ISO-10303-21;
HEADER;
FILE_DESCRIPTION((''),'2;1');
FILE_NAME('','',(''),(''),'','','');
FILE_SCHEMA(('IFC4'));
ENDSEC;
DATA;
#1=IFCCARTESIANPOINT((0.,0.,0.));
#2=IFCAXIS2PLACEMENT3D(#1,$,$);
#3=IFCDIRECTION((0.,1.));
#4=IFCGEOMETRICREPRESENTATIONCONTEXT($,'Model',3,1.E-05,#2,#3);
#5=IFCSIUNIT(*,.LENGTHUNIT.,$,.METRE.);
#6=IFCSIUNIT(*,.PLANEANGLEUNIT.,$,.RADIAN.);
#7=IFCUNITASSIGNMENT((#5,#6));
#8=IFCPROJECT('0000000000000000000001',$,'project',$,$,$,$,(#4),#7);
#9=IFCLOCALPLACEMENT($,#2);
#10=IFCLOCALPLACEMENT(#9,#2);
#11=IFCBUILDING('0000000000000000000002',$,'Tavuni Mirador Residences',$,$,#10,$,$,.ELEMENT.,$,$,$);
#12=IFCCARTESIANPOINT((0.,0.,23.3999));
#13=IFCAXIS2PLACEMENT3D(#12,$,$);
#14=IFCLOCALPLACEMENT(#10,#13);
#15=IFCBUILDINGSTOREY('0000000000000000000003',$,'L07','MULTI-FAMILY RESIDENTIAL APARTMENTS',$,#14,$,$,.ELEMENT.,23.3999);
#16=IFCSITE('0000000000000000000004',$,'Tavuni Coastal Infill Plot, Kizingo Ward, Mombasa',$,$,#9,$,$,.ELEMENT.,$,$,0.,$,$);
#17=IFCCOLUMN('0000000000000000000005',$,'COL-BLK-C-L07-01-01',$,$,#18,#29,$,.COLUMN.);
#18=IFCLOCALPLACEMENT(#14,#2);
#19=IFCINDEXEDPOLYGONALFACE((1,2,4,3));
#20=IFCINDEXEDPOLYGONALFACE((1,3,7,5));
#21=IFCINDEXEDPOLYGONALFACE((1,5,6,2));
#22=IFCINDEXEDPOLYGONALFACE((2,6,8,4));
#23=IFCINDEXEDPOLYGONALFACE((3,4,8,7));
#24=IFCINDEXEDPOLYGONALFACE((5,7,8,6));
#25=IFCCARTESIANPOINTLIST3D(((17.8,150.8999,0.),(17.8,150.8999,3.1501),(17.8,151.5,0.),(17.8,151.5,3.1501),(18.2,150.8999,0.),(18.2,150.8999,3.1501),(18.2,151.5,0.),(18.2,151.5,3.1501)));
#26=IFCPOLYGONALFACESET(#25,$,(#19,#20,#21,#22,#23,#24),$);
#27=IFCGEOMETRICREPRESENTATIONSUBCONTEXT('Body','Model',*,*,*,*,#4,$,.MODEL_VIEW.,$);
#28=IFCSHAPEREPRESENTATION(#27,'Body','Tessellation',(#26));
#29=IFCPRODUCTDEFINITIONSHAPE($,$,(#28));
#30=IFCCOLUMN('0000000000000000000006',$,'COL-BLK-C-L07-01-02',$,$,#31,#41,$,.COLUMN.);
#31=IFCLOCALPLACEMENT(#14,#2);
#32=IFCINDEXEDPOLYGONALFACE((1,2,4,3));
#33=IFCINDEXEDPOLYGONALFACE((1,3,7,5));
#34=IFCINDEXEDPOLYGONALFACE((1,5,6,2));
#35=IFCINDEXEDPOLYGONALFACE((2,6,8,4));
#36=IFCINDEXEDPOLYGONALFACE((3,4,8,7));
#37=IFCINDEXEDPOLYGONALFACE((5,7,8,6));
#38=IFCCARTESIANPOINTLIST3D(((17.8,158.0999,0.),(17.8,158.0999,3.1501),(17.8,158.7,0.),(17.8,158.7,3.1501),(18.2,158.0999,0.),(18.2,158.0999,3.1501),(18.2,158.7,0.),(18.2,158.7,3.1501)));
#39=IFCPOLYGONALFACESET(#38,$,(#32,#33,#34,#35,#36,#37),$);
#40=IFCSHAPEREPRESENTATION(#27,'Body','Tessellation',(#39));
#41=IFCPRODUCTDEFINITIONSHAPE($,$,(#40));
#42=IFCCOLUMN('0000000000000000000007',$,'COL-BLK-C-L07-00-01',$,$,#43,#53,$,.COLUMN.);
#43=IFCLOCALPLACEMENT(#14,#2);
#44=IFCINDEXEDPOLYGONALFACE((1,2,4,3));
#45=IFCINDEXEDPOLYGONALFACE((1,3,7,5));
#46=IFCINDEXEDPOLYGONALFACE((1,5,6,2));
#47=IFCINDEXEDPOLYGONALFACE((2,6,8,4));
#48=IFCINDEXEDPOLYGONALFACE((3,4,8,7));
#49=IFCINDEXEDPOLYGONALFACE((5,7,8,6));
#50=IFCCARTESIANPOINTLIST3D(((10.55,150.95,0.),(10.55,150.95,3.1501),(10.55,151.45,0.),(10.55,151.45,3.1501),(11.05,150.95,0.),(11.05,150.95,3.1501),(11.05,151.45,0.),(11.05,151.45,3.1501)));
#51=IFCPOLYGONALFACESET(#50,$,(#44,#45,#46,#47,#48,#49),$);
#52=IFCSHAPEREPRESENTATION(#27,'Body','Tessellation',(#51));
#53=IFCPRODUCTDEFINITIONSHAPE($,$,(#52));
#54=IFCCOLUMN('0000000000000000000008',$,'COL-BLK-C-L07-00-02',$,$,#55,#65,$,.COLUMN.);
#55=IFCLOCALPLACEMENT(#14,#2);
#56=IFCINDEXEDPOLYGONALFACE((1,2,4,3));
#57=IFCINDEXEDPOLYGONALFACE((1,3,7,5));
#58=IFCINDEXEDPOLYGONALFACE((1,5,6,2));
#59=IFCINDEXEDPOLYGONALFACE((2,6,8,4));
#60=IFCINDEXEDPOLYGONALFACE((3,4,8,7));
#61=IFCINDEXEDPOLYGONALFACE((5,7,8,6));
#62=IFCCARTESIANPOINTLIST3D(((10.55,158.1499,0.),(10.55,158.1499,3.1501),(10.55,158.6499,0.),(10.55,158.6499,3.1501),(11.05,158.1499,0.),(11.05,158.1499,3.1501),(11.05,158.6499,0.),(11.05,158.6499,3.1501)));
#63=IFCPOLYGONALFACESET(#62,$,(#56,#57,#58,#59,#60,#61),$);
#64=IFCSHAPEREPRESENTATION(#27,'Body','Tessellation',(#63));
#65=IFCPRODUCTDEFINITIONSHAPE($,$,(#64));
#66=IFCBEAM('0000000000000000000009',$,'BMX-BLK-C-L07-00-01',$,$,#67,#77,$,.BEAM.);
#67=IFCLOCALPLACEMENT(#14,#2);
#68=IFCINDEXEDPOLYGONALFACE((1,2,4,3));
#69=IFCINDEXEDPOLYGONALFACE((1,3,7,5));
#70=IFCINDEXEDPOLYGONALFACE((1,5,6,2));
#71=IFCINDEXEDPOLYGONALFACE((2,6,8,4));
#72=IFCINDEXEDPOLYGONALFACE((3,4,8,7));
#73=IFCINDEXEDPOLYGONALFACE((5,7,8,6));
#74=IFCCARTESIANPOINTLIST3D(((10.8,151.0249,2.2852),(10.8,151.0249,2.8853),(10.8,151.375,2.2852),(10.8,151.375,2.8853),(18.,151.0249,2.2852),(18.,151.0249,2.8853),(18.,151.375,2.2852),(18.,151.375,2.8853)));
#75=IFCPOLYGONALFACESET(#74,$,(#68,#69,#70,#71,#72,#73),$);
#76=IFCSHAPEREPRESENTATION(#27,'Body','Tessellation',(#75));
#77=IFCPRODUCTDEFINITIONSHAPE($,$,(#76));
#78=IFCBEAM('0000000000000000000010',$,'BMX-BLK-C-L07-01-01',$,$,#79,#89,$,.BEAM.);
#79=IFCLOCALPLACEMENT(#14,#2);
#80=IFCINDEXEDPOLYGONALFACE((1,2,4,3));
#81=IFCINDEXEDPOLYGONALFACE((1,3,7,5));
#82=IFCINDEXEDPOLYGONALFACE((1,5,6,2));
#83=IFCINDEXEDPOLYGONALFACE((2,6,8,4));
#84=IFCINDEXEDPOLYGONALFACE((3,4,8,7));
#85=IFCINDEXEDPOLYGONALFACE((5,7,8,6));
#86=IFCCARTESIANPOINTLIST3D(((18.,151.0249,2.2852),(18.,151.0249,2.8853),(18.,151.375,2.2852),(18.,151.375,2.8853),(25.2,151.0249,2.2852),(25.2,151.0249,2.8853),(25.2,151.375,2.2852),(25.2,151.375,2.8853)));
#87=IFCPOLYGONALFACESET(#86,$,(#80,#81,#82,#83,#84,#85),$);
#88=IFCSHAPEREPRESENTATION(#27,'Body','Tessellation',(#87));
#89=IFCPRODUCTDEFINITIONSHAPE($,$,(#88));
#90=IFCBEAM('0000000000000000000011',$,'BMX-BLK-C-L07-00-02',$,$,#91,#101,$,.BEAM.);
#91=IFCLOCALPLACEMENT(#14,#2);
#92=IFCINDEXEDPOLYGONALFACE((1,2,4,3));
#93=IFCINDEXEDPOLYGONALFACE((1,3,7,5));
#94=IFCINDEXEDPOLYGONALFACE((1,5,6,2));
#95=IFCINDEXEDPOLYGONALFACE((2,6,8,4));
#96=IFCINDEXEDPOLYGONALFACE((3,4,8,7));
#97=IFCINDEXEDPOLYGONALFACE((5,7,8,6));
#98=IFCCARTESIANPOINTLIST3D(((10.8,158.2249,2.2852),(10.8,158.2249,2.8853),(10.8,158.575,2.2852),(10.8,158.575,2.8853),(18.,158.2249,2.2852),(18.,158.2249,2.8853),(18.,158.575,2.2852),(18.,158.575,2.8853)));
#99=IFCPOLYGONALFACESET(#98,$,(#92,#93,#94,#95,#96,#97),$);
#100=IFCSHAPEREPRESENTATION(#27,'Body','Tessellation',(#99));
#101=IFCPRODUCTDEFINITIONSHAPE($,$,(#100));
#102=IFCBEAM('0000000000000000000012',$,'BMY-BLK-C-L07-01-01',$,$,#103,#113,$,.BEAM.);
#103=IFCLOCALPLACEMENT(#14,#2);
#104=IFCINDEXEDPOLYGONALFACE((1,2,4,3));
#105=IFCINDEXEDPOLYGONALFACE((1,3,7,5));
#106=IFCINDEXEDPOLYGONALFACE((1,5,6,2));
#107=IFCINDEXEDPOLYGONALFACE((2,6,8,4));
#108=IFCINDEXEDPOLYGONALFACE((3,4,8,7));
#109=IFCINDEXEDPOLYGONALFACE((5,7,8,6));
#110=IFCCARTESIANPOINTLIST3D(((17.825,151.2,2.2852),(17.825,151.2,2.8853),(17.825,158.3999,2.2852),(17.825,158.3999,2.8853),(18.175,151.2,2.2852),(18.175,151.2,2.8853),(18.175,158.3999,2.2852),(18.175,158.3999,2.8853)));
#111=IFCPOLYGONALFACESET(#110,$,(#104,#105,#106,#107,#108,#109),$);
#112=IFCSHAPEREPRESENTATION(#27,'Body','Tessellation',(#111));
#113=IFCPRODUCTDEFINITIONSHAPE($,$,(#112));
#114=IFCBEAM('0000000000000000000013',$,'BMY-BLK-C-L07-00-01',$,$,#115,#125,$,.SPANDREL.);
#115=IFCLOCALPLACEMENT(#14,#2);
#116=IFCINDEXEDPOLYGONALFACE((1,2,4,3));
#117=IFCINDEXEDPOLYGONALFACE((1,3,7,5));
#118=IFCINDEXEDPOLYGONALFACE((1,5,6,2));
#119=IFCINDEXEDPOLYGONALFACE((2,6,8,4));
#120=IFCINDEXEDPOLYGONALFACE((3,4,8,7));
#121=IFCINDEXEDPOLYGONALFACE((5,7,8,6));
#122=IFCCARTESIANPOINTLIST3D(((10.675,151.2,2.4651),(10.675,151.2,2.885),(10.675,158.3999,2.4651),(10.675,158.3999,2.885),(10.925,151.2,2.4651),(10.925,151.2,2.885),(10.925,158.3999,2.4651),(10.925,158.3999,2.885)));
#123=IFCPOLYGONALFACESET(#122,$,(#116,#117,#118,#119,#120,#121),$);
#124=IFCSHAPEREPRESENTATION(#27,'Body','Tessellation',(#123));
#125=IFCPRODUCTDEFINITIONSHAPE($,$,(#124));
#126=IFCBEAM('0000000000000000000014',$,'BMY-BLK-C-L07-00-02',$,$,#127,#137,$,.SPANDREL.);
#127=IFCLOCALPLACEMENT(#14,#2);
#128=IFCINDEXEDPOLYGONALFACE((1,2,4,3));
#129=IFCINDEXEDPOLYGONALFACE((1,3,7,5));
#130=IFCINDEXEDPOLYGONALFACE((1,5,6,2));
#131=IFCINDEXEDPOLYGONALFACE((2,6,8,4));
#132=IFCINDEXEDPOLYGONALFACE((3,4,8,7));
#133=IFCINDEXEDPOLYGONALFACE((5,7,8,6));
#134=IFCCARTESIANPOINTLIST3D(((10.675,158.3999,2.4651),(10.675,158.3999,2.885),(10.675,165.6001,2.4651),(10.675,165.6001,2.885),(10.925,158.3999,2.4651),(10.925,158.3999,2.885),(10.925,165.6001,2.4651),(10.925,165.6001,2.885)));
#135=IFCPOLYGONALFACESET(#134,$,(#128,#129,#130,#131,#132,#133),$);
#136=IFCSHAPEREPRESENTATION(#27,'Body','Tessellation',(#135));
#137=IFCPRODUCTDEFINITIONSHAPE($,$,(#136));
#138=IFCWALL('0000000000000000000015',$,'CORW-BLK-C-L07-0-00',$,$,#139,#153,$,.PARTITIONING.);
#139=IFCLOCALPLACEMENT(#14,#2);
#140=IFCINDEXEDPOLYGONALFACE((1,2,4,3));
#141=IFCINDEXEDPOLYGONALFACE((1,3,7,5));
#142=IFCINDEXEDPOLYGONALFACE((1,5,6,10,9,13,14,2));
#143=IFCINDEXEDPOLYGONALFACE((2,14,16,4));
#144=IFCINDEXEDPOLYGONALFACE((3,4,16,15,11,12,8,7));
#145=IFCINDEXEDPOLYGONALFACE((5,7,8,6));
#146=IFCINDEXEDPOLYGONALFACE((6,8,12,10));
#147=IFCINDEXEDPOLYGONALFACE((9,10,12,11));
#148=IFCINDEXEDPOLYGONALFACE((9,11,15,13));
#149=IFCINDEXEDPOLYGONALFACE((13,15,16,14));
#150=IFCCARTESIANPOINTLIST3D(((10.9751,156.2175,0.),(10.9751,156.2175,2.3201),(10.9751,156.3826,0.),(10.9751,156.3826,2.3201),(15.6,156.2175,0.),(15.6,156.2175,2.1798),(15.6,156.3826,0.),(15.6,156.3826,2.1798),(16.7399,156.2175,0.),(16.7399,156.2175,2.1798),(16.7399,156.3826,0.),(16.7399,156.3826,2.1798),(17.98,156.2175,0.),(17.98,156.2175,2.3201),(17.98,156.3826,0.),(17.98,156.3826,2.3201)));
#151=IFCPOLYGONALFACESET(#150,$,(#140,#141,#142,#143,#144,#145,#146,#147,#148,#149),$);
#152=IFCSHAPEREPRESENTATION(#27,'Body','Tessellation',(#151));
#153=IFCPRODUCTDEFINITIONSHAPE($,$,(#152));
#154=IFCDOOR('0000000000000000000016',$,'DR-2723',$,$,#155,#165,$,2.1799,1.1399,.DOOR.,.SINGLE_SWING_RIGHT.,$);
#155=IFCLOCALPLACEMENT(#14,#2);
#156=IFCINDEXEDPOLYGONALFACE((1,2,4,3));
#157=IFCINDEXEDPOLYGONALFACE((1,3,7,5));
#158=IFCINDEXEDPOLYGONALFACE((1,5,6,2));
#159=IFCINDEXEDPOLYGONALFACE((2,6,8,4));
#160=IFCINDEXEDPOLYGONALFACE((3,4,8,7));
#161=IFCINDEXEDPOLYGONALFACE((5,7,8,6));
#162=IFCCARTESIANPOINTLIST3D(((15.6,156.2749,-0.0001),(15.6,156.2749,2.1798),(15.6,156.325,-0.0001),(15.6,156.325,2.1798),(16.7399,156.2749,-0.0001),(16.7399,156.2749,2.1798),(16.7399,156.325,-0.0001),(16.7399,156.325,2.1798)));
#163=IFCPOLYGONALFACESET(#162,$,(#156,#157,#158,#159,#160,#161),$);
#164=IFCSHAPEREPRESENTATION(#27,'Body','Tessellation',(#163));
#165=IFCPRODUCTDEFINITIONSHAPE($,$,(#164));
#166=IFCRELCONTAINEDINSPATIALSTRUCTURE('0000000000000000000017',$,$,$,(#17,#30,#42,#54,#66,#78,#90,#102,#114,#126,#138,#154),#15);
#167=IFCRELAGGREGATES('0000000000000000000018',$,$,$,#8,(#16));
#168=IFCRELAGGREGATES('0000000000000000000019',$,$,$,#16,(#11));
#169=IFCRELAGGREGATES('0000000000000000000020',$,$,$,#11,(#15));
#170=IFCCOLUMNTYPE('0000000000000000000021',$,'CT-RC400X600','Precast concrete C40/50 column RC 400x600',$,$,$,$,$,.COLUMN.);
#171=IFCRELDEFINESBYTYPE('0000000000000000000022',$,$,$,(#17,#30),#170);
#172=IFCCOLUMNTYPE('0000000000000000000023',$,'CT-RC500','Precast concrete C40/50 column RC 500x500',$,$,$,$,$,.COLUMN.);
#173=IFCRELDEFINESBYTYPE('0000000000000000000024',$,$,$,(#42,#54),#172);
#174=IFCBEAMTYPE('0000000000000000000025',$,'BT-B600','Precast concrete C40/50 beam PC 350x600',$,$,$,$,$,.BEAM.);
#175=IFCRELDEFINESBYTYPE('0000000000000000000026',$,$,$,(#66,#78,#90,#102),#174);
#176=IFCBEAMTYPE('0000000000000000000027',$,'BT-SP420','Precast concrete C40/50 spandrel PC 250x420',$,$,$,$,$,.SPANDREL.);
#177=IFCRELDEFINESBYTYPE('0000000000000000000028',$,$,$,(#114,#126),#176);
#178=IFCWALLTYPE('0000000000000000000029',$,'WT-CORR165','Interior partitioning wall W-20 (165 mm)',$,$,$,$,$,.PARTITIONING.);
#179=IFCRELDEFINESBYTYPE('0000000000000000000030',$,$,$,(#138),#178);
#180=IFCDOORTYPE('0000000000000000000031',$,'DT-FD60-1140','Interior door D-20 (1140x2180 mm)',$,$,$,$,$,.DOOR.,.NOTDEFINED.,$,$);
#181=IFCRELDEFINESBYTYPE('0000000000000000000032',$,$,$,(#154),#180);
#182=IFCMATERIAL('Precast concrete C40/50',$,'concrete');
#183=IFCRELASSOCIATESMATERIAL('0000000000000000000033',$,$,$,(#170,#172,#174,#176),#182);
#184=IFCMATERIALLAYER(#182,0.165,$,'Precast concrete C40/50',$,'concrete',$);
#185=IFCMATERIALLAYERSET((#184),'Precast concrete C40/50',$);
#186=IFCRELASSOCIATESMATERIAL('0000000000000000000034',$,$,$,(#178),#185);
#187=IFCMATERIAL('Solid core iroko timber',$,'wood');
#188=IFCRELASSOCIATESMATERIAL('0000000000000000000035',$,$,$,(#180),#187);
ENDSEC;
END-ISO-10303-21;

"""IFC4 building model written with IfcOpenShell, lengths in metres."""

from ifc_helpers import new_model, si_unit, direction, frame, frame_2d, origin, origin_2d, place, context, subcontext, project, spatial, rectangle, extrude, material, layer, layer_set, material_profile, profile_set, type_object, element, fill, save


model = new_model("IFC4")

# Units and contexts
model_context = context("Model", 3, precision=1e-05, world=origin(), true_north=direction((0.0, 1.0)))
body_context = subcontext(model_context, "Body", "Model", "MODEL_VIEW")
ifc_project = project(units=[si_unit("LENGTHUNIT", "METRE"), si_unit("PLANEANGLEUNIT", "RADIAN")], contexts=[model_context])

# Site, building, storey
site_placement = place(None, origin())
site = spatial("IfcSite", under=ifc_project, at=site_placement, Name="Tavuni Coastal Infill Plot, Kizingo Ward, Mombasa", CompositionType="ELEMENT", RefElevation=0.0)
building_placement = place(site_placement, origin())
building = spatial("IfcBuilding", under=site, at=building_placement, Name="Tavuni Mirador Residences", CompositionType="ELEMENT")
storey_placement = place(building_placement, frame((0.0, 0.0, 23.3999)))
storey = spatial("IfcBuildingStorey", under=building, at=storey_placement, Name="L07", Description="MULTI-FAMILY RESIDENTIAL APARTMENTS", CompositionType="ELEMENT", Elevation=23.3999)

# Columns
ifc_material_1 = material(Name="Precast concrete C40/50", Category="concrete")
ifc_material_profile_1 = material_profile(ifc_material_1, rectangle(XDim=0.3999, YDim=0.6001, at=origin_2d()), Name="RC 400x600", Category="concrete")
ifc_profile_set_1 = profile_set([ifc_material_profile_1], Name="Precast concrete C40/50")
column_type_1 = type_object("IfcColumnType", Name="CT-RC400X600", Description="Precast concrete C40/50 column RC 400x600", PredefinedType="COLUMN", material=ifc_profile_set_1)
for number, where, z_axis, x_axis, name in (
    (1, (18.0, 151.2, 0.0), (0.0, 0.0, 1.0), (1.0, 0.0, 0.0), "COL-BLK-C-L07-01-01"),
    (2, (18.0, 158.3999, 0.0), (0.0, 0.0, 1.0), (1.0, 0.0, 0.0), "COL-BLK-C-L07-01-02"),
):
    element("IfcColumn", number, at=place(storey_placement, frame(where, z_axis=z_axis, x_axis=x_axis)), inside=storey, type_object=column_type_1, Name=name, PredefinedType="COLUMN", context=body_context, shape_type="SweptSolid", body=[
        extrude(rectangle(XDim=0.3999, YDim=0.6001, at=origin_2d()), origin(), (0.0, 0.0, 1.0), 3.1501),
    ])
ifc_material_profile_2 = material_profile(ifc_material_1, rectangle(XDim=0.5, YDim=0.5, at=origin_2d()), Name="RC 500x500", Category="concrete")
ifc_profile_set_2 = profile_set([ifc_material_profile_2], Name="Precast concrete C40/50")
column_type_2 = type_object("IfcColumnType", Name="CT-RC500", Description="Precast concrete C40/50 column RC 500x500", PredefinedType="COLUMN", material=ifc_profile_set_2)
for number, where, z_axis, x_axis, name in (
    (3, (10.8, 151.2, 0.0), (0.0, 0.0, 1.0), (1.0, 0.0, 0.0), "COL-BLK-C-L07-00-01"),
    (4, (10.8, 158.3999, 0.0), (0.0, 0.0, 1.0), (1.0, 0.0, 0.0), "COL-BLK-C-L07-00-02"),
):
    element("IfcColumn", number, at=place(storey_placement, frame(where, z_axis=z_axis, x_axis=x_axis)), inside=storey, type_object=column_type_2, Name=name, PredefinedType="COLUMN", context=body_context, shape_type="SweptSolid", body=[
        extrude(rectangle(XDim=0.5, YDim=0.5, at=origin_2d()), origin(), (0.0, 0.0, 1.0), 3.1501),
    ])

# Beams
ifc_material_profile_3 = material_profile(ifc_material_1, rectangle(XDim=0.3501, YDim=0.6001, at=origin_2d()), Name="PC 350x600", Category="concrete")
ifc_profile_set_3 = profile_set([ifc_material_profile_3], Name="Precast concrete C40/50")
beam_type_1 = type_object("IfcBeamType", Name="BT-B600", Description="Precast concrete C40/50 beam PC 350x600", PredefinedType="BEAM", material=ifc_profile_set_3)
for number, where, z_axis, x_axis, name in (
    (5, (10.8, 151.2, 2.5852), (1.0, 0.0, 0.0), (0.0, 1.0, 0.0), "BMX-BLK-C-L07-00-01"),
    (6, (18.0, 151.2, 2.5852), (1.0, 0.0, 0.0), (0.0, 1.0, 0.0), "BMX-BLK-C-L07-01-01"),
    (7, (10.8, 158.3999, 2.5852), (1.0, 0.0, 0.0), (0.0, 1.0, 0.0), "BMX-BLK-C-L07-00-02"),
    (8, (18.0, 151.2, 2.5852), (0.0, 1.0, 0.0), (-1.0, 0.0, 0.0), "BMY-BLK-C-L07-01-01"),
):
    element("IfcBeam", number, at=place(storey_placement, frame(where, z_axis=z_axis, x_axis=x_axis)), inside=storey, type_object=beam_type_1, Name=name, PredefinedType="BEAM", context=body_context, shape_type="SweptSolid", body=[
        extrude(rectangle(XDim=0.3501, YDim=0.6001, at=origin_2d()), origin(), (0.0, 0.0, 1.0), 7.2),
    ])
ifc_material_profile_4 = material_profile(ifc_material_1, rectangle(XDim=0.25, YDim=0.4199, at=origin_2d()), Name="PC 250x420", Category="concrete")
ifc_profile_set_4 = profile_set([ifc_material_profile_4], Name="Precast concrete C40/50")
beam_type_2 = type_object("IfcBeamType", Name="BT-SP420", Description="Precast concrete C40/50 spandrel PC 250x420", PredefinedType="SPANDREL", material=ifc_profile_set_4)
beam_1_placement = place(storey_placement, frame((10.8, 151.2, 2.675), z_axis=(0.0, 1.0, 0.0), x_axis=(-1.0, 0.0, 0.0)))
element("IfcBeam", 9, at=beam_1_placement, inside=storey, type_object=beam_type_2, Name="BMY-BLK-C-L07-00-01", PredefinedType="SPANDREL", context=body_context, shape_type="SweptSolid", body=[
    extrude(rectangle(XDim=0.25, YDim=0.4199, at=origin_2d()), origin(), (0.0, 0.0, 1.0), 7.2),
])
beam_2_placement = place(storey_placement, frame((10.8, 158.3999, 2.675), z_axis=(0.0, 1.0, 0.0), x_axis=(-1.0, 0.0, 0.0)))
element("IfcBeam", 10, at=beam_2_placement, inside=storey, type_object=beam_type_2, Name="BMY-BLK-C-L07-00-02", PredefinedType="SPANDREL", context=body_context, shape_type="SweptSolid", body=[
    extrude(rectangle(XDim=0.25, YDim=0.4199, at=origin_2d()), origin(), (0.0, 0.0, 1.0), 7.2002),
])

# Wall, opening, door
ifc_layer_1 = layer(ifc_material_1, 0.165, Name="Precast concrete C40/50", Category="concrete")
ifc_layer_set_1 = layer_set([ifc_layer_1], Name="Precast concrete C40/50")
wall_type_1 = type_object("IfcWallType", Name="WT-CORR165", Description="Interior partitioning wall W-20 (165 mm)", PredefinedType="PARTITIONING", material=ifc_layer_set_1)
wall_1_placement = place(storey_placement, frame((10.9751, 156.3, 0.0), z_axis=(0.0, 0.0, 1.0), x_axis=(1.0, 0.0, 0.0)))
wall_1 = element("IfcWall", 11, at=wall_1_placement, inside=storey, type_object=wall_type_1, Name="CORW-BLK-C-L07-0-00", PredefinedType="PARTITIONING", context=body_context, shape_type="SweptSolid", body=[
    extrude(rectangle(XDim=7.0049, YDim=0.165, at=frame_2d((3.5024, 0.0))), origin(), (0.0, 0.0, 1.0), 2.3201),
])
opening_1_placement = place(wall_1_placement, frame((4.625, 0.0, 0.0)))
opening_1 = element("IfcOpeningElement", 12, at=opening_1_placement, cuts=wall_1, PredefinedType="OPENING", context=body_context, shape_type="SweptSolid", body=[
    extrude(rectangle(XDim=1.1399, YDim=2.1799, at=frame_2d((0.5698, 1.0898))), frame((0.0, 0.0925, 0.0), z_axis=(0.0, -1.0, 0.0), x_axis=(1.0, 0.0, 0.0)), (0.0, 0.0, 1.0), 0.1851),
])
ifc_material_2 = material(Name="Solid core iroko timber", Category="wood")
door_type_1 = type_object("IfcDoorType", Name="DT-FD60-1140", Description="Interior door D-20 (1140x2180 mm)", OperationType="NOTDEFINED", PredefinedType="DOOR", material=ifc_material_2)
door_1_placement = place(opening_1_placement, origin())
door_1 = element("IfcDoor", 13, at=door_1_placement, inside=storey, type_object=door_type_1, Name="DR-2723", OperationType="SINGLE_SWING_RIGHT", OverallHeight=2.1799, OverallWidth=1.1399, PredefinedType="DOOR", context=body_context, shape_type="SweptSolid", body=[
    extrude(rectangle(XDim=1.1399, YDim=2.1799, at=frame_2d((0.5698, 1.0898))), frame((0.0, 0.0249, 0.0), z_axis=(0.0, -1.0, 0.0), x_axis=(1.0, 0.0, 0.0)), (0.0, 0.0, 1.0), 0.05),
])
fill(opening_1, door_1)

save(model, "model.ifc")
